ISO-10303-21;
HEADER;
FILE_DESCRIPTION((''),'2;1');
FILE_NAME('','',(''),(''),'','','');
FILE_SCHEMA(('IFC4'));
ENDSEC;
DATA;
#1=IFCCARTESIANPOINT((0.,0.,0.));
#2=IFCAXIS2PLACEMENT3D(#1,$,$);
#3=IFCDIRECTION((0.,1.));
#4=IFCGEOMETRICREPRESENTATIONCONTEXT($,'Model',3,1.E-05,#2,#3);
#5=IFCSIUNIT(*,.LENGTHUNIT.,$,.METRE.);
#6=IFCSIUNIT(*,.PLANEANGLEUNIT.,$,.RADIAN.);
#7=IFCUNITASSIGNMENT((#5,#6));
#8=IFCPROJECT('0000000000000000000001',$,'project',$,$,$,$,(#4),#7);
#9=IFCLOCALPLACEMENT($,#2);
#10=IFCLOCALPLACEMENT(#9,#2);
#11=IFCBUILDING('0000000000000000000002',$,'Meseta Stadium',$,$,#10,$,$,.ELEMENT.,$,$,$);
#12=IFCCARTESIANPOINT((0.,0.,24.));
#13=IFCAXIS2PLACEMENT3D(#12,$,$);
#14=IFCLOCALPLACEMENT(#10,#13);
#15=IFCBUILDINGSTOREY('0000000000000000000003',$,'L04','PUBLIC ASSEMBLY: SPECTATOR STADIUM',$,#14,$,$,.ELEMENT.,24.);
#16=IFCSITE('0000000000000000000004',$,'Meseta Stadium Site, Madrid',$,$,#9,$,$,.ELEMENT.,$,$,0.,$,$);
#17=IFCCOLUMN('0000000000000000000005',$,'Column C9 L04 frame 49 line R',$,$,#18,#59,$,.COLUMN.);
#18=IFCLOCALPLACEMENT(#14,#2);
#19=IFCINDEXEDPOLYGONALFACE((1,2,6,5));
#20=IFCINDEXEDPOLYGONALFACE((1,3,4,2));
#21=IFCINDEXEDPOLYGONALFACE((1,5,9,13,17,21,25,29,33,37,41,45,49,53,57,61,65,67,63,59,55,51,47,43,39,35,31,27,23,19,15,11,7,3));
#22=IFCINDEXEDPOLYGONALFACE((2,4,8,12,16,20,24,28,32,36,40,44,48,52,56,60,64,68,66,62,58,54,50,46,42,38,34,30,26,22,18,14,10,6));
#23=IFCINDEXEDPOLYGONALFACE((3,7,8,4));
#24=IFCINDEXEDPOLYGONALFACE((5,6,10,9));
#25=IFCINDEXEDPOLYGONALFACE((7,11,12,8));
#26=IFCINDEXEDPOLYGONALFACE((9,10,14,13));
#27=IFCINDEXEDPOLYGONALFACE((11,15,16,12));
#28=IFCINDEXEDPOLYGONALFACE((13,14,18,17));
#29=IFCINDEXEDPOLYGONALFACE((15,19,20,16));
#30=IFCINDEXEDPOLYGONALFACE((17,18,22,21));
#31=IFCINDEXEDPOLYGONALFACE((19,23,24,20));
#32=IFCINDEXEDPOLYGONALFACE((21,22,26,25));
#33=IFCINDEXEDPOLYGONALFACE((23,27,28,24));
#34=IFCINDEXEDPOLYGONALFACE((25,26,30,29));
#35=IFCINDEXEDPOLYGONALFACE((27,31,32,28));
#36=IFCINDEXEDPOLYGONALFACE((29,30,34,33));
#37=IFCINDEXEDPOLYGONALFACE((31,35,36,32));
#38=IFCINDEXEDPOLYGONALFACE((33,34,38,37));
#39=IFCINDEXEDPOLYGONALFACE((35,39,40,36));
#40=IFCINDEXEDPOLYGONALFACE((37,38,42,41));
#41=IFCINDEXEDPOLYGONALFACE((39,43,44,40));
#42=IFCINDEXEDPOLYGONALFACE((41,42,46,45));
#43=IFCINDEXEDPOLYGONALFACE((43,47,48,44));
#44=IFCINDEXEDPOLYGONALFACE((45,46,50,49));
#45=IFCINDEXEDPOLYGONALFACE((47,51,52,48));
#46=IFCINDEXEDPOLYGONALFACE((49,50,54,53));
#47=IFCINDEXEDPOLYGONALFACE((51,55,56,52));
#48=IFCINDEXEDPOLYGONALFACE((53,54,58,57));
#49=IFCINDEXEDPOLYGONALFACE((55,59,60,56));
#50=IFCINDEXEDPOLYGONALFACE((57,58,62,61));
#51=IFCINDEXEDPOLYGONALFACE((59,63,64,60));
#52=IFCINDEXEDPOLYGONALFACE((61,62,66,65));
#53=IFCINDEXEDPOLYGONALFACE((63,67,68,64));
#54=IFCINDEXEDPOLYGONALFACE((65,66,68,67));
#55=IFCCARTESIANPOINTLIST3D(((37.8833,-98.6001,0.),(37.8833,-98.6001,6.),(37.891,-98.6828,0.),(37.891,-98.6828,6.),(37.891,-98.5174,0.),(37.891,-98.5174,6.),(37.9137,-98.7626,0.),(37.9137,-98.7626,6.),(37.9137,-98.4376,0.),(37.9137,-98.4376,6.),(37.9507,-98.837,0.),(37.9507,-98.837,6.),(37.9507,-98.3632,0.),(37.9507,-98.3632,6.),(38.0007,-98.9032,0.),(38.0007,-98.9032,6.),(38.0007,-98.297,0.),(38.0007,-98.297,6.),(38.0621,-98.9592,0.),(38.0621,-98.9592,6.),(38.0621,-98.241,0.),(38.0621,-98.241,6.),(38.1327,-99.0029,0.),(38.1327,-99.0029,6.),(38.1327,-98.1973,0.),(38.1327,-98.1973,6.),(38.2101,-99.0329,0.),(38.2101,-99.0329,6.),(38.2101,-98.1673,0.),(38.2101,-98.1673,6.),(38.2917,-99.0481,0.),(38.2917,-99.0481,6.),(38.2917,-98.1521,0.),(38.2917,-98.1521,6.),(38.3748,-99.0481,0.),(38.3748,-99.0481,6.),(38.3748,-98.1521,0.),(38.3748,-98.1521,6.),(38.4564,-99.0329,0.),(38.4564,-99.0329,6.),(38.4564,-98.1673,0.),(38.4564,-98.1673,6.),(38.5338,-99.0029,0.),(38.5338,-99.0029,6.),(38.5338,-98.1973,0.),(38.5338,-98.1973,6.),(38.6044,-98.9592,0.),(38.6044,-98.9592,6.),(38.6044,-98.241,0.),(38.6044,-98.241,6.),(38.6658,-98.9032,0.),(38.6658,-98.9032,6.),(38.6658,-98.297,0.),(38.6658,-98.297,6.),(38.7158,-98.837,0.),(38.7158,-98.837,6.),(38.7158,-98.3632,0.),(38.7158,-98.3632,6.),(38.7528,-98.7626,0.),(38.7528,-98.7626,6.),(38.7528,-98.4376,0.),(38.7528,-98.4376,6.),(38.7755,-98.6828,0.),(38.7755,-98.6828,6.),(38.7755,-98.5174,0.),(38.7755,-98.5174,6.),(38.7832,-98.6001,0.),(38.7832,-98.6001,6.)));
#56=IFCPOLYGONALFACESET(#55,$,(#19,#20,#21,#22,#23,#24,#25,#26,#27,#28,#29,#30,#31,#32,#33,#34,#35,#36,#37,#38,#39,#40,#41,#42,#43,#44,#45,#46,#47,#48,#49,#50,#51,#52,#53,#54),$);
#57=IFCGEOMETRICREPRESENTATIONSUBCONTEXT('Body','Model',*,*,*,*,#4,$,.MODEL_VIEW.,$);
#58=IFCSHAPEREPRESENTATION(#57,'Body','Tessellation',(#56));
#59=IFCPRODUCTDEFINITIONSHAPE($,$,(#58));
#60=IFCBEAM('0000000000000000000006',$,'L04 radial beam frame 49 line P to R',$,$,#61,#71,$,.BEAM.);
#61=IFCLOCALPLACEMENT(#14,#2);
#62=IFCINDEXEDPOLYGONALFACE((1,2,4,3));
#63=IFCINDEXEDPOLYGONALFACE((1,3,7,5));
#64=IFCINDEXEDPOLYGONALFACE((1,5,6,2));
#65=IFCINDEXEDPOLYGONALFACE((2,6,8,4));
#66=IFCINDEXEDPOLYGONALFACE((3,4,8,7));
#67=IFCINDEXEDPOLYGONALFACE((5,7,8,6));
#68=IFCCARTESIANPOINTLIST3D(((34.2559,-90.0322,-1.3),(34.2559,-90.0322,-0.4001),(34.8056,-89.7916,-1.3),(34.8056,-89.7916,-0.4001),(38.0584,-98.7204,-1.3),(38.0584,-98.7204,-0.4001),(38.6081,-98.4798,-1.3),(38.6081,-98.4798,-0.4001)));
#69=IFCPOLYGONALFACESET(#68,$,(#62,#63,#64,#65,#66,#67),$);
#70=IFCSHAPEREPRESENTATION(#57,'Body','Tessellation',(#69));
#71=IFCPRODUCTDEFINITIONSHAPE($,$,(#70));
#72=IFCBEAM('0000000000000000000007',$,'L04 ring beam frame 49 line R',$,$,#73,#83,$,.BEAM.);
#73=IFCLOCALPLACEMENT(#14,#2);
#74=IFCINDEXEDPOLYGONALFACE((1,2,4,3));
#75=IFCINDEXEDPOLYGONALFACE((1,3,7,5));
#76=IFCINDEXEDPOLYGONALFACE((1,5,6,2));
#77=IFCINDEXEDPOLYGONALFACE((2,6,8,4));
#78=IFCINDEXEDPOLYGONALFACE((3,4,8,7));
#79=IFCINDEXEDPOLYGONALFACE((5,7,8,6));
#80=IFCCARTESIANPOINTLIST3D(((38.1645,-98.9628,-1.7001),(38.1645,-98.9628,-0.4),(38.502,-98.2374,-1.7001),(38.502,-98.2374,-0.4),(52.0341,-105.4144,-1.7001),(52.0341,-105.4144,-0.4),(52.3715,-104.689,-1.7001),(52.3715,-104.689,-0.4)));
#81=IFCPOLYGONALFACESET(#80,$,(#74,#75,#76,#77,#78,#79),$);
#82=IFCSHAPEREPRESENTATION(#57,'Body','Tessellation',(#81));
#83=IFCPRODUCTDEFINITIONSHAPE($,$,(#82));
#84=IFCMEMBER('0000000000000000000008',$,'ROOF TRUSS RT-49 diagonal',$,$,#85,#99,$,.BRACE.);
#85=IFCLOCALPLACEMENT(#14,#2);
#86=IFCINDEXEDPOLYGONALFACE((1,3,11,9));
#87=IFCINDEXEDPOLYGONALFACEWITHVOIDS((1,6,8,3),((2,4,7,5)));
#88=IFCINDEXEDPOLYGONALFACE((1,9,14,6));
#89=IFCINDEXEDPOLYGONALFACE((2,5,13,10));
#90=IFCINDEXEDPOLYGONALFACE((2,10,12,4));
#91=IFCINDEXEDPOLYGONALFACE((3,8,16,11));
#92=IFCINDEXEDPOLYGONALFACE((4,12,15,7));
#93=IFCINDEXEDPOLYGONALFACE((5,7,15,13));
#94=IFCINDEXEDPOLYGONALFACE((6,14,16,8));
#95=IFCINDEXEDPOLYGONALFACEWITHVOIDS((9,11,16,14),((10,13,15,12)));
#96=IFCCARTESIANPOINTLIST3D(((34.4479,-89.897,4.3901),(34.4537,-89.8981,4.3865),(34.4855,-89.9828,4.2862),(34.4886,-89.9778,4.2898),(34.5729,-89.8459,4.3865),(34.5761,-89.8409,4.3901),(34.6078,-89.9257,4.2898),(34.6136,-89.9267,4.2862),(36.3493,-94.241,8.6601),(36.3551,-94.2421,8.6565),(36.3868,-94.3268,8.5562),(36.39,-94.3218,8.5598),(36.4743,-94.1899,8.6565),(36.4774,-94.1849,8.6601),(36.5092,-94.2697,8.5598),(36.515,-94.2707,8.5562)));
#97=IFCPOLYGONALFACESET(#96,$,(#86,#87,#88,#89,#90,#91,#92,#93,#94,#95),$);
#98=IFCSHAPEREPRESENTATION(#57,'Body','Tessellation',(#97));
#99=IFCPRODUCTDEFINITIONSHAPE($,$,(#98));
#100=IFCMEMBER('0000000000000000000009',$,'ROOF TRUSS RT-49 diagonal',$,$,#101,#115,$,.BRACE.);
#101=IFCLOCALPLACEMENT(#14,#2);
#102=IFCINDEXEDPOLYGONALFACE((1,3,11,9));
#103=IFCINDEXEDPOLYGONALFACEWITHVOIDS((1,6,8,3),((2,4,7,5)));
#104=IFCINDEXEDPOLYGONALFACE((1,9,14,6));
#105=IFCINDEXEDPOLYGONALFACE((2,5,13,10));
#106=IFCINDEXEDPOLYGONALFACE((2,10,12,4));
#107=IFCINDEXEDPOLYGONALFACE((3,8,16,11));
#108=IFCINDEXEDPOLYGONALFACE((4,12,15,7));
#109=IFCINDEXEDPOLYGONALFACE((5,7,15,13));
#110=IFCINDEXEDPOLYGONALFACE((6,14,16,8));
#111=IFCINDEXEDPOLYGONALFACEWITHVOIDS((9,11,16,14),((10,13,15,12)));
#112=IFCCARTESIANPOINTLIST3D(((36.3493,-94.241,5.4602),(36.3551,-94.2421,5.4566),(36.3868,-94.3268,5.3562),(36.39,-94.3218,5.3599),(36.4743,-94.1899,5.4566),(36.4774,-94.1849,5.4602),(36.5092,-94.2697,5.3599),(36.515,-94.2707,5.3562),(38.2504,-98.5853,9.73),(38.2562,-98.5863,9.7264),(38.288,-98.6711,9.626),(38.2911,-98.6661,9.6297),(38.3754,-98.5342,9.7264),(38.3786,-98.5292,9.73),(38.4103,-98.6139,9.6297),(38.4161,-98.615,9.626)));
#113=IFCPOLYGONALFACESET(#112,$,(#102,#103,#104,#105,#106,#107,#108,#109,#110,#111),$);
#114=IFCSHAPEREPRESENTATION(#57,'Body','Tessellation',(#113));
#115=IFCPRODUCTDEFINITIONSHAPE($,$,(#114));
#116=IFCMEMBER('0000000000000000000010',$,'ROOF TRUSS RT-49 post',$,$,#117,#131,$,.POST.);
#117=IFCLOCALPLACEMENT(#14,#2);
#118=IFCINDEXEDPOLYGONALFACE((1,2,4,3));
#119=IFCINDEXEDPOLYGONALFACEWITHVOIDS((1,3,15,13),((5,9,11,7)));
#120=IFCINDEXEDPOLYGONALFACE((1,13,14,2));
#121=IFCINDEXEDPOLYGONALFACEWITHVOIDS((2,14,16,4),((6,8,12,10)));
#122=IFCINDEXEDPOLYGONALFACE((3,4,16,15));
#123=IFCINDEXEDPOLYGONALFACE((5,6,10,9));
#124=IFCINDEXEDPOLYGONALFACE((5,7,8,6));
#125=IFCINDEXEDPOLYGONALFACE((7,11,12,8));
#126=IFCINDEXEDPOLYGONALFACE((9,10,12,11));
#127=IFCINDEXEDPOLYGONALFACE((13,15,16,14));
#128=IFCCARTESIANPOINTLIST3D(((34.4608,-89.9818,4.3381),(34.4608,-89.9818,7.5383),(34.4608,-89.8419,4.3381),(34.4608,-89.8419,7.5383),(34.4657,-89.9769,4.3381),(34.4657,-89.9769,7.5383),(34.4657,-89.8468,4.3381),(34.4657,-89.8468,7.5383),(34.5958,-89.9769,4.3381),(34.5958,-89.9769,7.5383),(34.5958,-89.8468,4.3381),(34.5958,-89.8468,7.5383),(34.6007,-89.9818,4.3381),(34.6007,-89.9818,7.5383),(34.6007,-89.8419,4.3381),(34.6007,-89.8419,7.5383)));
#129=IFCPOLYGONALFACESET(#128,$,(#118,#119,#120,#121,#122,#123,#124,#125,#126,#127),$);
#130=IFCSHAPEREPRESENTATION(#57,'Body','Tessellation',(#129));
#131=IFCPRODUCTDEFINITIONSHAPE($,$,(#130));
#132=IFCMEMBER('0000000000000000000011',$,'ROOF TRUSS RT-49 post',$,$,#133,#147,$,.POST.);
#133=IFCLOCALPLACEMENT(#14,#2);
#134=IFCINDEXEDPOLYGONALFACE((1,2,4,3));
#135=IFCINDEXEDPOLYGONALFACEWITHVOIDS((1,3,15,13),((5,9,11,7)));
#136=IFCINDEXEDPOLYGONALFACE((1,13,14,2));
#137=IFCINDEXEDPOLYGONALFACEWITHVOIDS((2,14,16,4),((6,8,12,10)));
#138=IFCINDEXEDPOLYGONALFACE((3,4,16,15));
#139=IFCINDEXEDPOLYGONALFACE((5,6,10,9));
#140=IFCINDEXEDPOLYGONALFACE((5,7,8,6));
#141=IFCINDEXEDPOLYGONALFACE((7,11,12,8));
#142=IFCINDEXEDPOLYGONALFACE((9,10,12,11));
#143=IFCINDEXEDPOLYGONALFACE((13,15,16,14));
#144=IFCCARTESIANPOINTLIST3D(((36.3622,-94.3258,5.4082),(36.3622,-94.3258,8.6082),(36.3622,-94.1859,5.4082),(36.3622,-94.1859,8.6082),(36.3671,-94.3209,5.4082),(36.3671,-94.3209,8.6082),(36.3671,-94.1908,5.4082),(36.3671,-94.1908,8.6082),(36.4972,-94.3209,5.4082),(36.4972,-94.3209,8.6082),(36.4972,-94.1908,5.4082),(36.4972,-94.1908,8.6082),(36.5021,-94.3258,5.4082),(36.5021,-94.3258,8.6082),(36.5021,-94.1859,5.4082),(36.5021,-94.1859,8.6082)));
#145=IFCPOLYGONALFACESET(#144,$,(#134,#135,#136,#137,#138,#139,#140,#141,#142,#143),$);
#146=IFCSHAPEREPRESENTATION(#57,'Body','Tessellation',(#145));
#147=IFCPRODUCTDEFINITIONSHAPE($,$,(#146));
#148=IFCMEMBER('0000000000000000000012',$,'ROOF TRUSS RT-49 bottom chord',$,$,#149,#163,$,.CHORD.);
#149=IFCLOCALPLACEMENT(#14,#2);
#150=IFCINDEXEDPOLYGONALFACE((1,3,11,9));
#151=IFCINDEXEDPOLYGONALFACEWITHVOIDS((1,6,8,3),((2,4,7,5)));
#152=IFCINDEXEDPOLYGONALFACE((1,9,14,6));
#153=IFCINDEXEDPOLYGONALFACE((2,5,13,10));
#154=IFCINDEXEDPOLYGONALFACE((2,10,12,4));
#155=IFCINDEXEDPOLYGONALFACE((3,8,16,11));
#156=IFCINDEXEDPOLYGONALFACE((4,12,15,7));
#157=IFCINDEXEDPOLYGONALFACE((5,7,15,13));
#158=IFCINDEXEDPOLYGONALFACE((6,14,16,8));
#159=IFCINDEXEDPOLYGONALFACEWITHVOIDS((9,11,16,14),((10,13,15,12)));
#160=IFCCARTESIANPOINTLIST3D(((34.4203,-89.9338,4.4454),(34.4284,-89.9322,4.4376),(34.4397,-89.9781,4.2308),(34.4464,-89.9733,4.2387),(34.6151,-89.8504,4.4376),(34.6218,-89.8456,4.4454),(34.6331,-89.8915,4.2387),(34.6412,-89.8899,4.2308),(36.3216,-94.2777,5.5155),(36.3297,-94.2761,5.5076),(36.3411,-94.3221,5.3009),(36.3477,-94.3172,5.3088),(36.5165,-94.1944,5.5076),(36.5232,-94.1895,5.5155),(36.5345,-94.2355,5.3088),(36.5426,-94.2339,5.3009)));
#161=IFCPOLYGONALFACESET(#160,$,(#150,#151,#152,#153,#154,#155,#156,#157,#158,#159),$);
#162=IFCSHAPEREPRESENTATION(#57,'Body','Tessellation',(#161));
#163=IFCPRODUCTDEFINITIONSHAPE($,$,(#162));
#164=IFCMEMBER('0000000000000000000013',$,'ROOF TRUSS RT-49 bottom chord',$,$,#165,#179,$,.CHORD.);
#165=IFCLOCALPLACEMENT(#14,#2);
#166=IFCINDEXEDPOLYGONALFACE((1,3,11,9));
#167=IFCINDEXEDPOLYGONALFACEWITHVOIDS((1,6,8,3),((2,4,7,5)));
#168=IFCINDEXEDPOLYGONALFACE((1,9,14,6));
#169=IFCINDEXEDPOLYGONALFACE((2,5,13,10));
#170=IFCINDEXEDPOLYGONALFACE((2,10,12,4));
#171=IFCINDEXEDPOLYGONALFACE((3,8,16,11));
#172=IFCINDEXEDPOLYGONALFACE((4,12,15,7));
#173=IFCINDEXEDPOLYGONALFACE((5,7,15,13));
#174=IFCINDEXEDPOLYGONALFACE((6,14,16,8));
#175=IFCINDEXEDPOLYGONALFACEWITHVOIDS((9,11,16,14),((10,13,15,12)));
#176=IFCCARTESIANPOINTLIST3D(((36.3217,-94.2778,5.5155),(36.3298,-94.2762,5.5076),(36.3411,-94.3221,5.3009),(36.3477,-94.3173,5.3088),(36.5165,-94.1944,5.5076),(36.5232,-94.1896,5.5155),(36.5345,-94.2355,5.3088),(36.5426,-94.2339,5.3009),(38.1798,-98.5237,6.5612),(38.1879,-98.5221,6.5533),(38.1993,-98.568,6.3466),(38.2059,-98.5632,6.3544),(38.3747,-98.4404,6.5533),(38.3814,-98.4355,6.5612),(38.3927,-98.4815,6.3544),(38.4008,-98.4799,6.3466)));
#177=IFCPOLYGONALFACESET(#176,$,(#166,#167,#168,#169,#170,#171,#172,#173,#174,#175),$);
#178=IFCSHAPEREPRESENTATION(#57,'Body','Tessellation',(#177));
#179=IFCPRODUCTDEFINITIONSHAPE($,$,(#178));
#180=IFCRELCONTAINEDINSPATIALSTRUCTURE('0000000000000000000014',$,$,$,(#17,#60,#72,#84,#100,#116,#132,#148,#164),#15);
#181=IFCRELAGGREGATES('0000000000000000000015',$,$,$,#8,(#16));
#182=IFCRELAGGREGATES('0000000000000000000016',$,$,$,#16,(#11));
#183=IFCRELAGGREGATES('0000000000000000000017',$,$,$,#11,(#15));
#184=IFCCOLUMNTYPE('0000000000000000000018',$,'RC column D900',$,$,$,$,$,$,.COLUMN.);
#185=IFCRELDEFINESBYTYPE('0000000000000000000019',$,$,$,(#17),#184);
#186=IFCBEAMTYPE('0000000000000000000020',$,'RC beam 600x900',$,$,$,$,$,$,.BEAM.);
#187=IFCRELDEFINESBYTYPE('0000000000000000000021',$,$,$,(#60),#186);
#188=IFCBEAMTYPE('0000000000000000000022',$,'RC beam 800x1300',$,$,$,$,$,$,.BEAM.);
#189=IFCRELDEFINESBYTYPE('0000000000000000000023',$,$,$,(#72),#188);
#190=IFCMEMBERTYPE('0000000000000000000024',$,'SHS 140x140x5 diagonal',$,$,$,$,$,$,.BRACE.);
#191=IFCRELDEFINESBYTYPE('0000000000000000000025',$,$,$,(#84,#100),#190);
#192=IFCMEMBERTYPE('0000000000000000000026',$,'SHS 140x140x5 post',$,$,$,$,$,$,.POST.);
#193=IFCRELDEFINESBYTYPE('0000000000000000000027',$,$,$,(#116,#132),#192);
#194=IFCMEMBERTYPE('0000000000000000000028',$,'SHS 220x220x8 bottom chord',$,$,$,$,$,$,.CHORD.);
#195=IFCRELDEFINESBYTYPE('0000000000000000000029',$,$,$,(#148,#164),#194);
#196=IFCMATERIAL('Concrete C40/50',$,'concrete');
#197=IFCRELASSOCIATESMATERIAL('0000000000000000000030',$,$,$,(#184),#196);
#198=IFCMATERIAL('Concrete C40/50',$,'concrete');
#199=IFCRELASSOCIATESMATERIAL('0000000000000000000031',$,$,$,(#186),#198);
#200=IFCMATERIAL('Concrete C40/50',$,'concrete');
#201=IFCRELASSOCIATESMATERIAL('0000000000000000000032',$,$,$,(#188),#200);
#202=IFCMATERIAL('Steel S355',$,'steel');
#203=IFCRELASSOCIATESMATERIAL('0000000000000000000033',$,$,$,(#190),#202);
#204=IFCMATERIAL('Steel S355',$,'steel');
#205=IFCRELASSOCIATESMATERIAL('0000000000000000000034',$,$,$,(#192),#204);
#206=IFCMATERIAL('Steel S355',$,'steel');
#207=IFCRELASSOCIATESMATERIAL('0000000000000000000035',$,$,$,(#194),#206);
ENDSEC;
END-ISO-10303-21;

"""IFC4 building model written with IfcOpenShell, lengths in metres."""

from ifc_helpers import new_model, si_unit, direction, frame, origin, origin_2d, place, context, subcontext, project, spatial, rectangle, hollow_rectangle, circle, extrude, material, material_profile, profile_set, type_object, element, save


model = new_model("IFC4")

# Units and contexts
model_context = context("Model", 3, precision=1e-05, world=origin(), true_north=direction((0.0, 1.0)))
body_context = subcontext(model_context, "Body", "Model", "MODEL_VIEW")
ifc_project = project(units=[si_unit("LENGTHUNIT", "METRE"), si_unit("PLANEANGLEUNIT", "RADIAN")], contexts=[model_context])

# Site, building, storey
site_placement = place(None, origin())
site = spatial("IfcSite", under=ifc_project, at=site_placement, Name="Meseta Stadium Site, Madrid", CompositionType="ELEMENT", RefElevation=0.0)
building_placement = place(site_placement, origin())
building = spatial("IfcBuilding", under=site, at=building_placement, Name="Meseta Stadium", CompositionType="ELEMENT")
storey_placement = place(building_placement, frame((0.0, 0.0, 24.0)))
storey = spatial("IfcBuildingStorey", under=building, at=storey_placement, Name="L04", Description="PUBLIC ASSEMBLY: SPECTATOR STADIUM", CompositionType="ELEMENT", Elevation=24.0)

# Column
ifc_material_1 = material(Name="Concrete C40/50", Category="concrete")
ifc_material_profile_1 = material_profile(ifc_material_1, circle(Radius=0.45, at=origin_2d()), Name="RC D900")
ifc_profile_set_1 = profile_set([ifc_material_profile_1], Name="Concrete C40/50")
column_type = type_object("IfcColumnType", Name="RC column D900", PredefinedType="COLUMN", material=ifc_profile_set_1)
column_placement = place(storey_placement, frame((38.3333, -98.6001, 0.0), z_axis=(0.0, 0.0, 1.0), x_axis=(1.0, 0.0, 0.0)))
element("IfcColumn", 1, at=column_placement, inside=storey, type_object=column_type, Name="Column C9 L04 frame 49 line R", PredefinedType="COLUMN", context=body_context, shape_type="SweptSolid", body=[
    extrude(circle(Radius=0.45, at=origin_2d()), origin(), (0.0, 0.0, 1.0), 6.0),
])

# Beams
ifc_material_2 = material(Name="Concrete C40/50", Category="concrete")
ifc_material_profile_2 = material_profile(ifc_material_2, rectangle(XDim=0.6001, YDim=0.8999, at=origin_2d()), Name="RC 600x900")
ifc_profile_set_2 = profile_set([ifc_material_profile_2], Name="Concrete C40/50")
beam_type_1 = type_object("IfcBeamType", Name="RC beam 600x900", PredefinedType="BEAM", material=ifc_profile_set_2)
beam_1_placement = place(storey_placement, frame((34.5308, -89.9119, -0.8501), z_axis=(0.400942, -0.916104, 0.0), x_axis=(0.916104, 0.400942, 0.0)))
element("IfcBeam", 2, at=beam_1_placement, inside=storey, type_object=beam_type_1, Name="L04 radial beam frame 49 line P to R", PredefinedType="BEAM", context=body_context, shape_type="SweptSolid", body=[
    extrude(rectangle(XDim=0.6001, YDim=0.8999, at=origin_2d()), origin(), (0.0, 0.0, 1.0), 9.4839),
])
ifc_material_3 = material(Name="Concrete C40/50", Category="concrete")
ifc_material_profile_3 = material_profile(ifc_material_3, rectangle(XDim=0.8, YDim=1.3, at=origin_2d()), Name="RC 800x1300")
ifc_profile_set_3 = profile_set([ifc_material_profile_3], Name="Concrete C40/50")
beam_type_2 = type_object("IfcBeamType", Name="RC beam 800x1300", PredefinedType="BEAM", material=ifc_profile_set_3)
beam_2_placement = place(storey_placement, frame((38.3333, -98.6001, -1.05), z_axis=(0.906704, -0.421767, 0.0), x_axis=(0.421767, 0.906704, 0.0)))
element("IfcBeam", 3, at=beam_2_placement, inside=storey, type_object=beam_type_2, Name="L04 ring beam frame 49 line R", PredefinedType="BEAM", context=body_context, shape_type="SweptSolid", body=[
    extrude(rectangle(XDim=0.8, YDim=1.3, at=origin_2d()), origin(), (0.0, 0.0, 1.0), 15.2966),
])

# Members
ifc_material_4 = material(Name="Steel S355", Category="steel")
ifc_material_profile_4 = material_profile(ifc_material_4, hollow_rectangle(XDim=0.1399, YDim=0.1399, WallThickness=0.0049, at=origin_2d()), Name="SHS 140x140x5")
ifc_profile_set_4 = profile_set([ifc_material_profile_4], Name="Steel S355")
member_type_1 = type_object("IfcMemberType", Name="SHS 140x140x5 diagonal", PredefinedType="BRACE", material=ifc_profile_set_4)
for number, where, z_axis, x_axis, name in (
    (4, (34.5308, -89.9119, 4.3381), (0.297968, -0.680759, 0.669166), (0.91609, 0.400973, 0.0), "ROOF TRUSS RT-49 diagonal"),
    (5, (36.4321, -94.2559, 5.4082), (0.297933, -0.680804, 0.669135), (0.916117, 0.400911, 0.0), "ROOF TRUSS RT-49 diagonal"),
):
    element("IfcMember", number, at=place(storey_placement, frame(where, z_axis=z_axis, x_axis=x_axis)), inside=storey, type_object=member_type_1, Name=name, PredefinedType="BRACE", context=body_context, shape_type="SweptSolid", body=[
        extrude(hollow_rectangle(XDim=0.1399, YDim=0.1399, WallThickness=0.0049, at=origin_2d()), origin(), (0.0, 0.0, 1.0), 6.3811),
    ])
ifc_material_5 = material(Name="Steel S355", Category="steel")
ifc_material_profile_5 = material_profile(ifc_material_5, hollow_rectangle(XDim=0.1399, YDim=0.1399, WallThickness=0.0049, at=origin_2d()), Name="SHS 140x140x5")
ifc_profile_set_5 = profile_set([ifc_material_profile_5], Name="Steel S355")
member_type_2 = type_object("IfcMemberType", Name="SHS 140x140x5 post", PredefinedType="POST", material=ifc_profile_set_5)
member_1_placement = place(storey_placement, frame((34.5308, -89.9119, 4.3381), z_axis=(0.0, 0.0, 1.0), x_axis=(1.0, 0.0, 0.0)))
element("IfcMember", 6, at=member_1_placement, inside=storey, type_object=member_type_2, Name="ROOF TRUSS RT-49 post", PredefinedType="POST", context=body_context, shape_type="SweptSolid", body=[
    extrude(hollow_rectangle(XDim=0.1399, YDim=0.1399, WallThickness=0.0049, at=origin_2d()), origin(), (0.0, 0.0, 1.0), 3.2002),
])
member_2_placement = place(storey_placement, frame((36.4321, -94.2559, 5.4082), z_axis=(0.0, 0.0, 1.0), x_axis=(1.0, 0.0, 0.0)))
element("IfcMember", 7, at=member_2_placement, inside=storey, type_object=member_type_2, Name="ROOF TRUSS RT-49 post", PredefinedType="POST", context=body_context, shape_type="SweptSolid", body=[
    extrude(hollow_rectangle(XDim=0.1399, YDim=0.1399, WallThickness=0.0049, at=origin_2d()), origin(), (0.0, 0.0, 1.0), 3.2),
])
ifc_material_6 = material(Name="Steel S355", Category="steel")
ifc_material_profile_6 = material_profile(ifc_material_6, hollow_rectangle(XDim=0.22, YDim=0.22, WallThickness=0.0081, at=origin_2d()), Name="SHS 220x220x8")
ifc_profile_set_6 = profile_set([ifc_material_profile_6], Name="Steel S355")
member_type_3 = type_object("IfcMemberType", Name="SHS 220x220x8 bottom chord", PredefinedType="CHORD", material=ifc_profile_set_6)
member_3_placement = place(storey_placement, frame((34.5308, -89.9119, 4.3381), z_axis=(0.391137, -0.893619, 0.220128), x_axis=(0.91609, 0.400973, 0.0)))
element("IfcMember", 8, at=member_3_placement, inside=storey, type_object=member_type_3, Name="ROOF TRUSS RT-49 bottom chord", PredefinedType="CHORD", context=body_context, shape_type="SweptSolid", body=[
    extrude(hollow_rectangle(XDim=0.22, YDim=0.22, WallThickness=0.0081, at=origin_2d()), origin(), (0.0, 0.0, 1.0), 4.8611),
])
member_4_placement = place(storey_placement, frame((36.4321, -94.2559, 5.4082), z_axis=(0.391096, -0.893648, 0.220085), x_axis=(0.91611, 0.400927, 0.0)))
element("IfcMember", 9, at=member_4_placement, inside=storey, type_object=member_type_3, Name="ROOF TRUSS RT-49 bottom chord", PredefinedType="CHORD", context=body_context, shape_type="SweptSolid", body=[
    extrude(hollow_rectangle(XDim=0.22, YDim=0.22, WallThickness=0.0081, at=origin_2d()), origin(), (0.0, 0.0, 1.0), 4.7512),
])

save(model, "model.ifc")
